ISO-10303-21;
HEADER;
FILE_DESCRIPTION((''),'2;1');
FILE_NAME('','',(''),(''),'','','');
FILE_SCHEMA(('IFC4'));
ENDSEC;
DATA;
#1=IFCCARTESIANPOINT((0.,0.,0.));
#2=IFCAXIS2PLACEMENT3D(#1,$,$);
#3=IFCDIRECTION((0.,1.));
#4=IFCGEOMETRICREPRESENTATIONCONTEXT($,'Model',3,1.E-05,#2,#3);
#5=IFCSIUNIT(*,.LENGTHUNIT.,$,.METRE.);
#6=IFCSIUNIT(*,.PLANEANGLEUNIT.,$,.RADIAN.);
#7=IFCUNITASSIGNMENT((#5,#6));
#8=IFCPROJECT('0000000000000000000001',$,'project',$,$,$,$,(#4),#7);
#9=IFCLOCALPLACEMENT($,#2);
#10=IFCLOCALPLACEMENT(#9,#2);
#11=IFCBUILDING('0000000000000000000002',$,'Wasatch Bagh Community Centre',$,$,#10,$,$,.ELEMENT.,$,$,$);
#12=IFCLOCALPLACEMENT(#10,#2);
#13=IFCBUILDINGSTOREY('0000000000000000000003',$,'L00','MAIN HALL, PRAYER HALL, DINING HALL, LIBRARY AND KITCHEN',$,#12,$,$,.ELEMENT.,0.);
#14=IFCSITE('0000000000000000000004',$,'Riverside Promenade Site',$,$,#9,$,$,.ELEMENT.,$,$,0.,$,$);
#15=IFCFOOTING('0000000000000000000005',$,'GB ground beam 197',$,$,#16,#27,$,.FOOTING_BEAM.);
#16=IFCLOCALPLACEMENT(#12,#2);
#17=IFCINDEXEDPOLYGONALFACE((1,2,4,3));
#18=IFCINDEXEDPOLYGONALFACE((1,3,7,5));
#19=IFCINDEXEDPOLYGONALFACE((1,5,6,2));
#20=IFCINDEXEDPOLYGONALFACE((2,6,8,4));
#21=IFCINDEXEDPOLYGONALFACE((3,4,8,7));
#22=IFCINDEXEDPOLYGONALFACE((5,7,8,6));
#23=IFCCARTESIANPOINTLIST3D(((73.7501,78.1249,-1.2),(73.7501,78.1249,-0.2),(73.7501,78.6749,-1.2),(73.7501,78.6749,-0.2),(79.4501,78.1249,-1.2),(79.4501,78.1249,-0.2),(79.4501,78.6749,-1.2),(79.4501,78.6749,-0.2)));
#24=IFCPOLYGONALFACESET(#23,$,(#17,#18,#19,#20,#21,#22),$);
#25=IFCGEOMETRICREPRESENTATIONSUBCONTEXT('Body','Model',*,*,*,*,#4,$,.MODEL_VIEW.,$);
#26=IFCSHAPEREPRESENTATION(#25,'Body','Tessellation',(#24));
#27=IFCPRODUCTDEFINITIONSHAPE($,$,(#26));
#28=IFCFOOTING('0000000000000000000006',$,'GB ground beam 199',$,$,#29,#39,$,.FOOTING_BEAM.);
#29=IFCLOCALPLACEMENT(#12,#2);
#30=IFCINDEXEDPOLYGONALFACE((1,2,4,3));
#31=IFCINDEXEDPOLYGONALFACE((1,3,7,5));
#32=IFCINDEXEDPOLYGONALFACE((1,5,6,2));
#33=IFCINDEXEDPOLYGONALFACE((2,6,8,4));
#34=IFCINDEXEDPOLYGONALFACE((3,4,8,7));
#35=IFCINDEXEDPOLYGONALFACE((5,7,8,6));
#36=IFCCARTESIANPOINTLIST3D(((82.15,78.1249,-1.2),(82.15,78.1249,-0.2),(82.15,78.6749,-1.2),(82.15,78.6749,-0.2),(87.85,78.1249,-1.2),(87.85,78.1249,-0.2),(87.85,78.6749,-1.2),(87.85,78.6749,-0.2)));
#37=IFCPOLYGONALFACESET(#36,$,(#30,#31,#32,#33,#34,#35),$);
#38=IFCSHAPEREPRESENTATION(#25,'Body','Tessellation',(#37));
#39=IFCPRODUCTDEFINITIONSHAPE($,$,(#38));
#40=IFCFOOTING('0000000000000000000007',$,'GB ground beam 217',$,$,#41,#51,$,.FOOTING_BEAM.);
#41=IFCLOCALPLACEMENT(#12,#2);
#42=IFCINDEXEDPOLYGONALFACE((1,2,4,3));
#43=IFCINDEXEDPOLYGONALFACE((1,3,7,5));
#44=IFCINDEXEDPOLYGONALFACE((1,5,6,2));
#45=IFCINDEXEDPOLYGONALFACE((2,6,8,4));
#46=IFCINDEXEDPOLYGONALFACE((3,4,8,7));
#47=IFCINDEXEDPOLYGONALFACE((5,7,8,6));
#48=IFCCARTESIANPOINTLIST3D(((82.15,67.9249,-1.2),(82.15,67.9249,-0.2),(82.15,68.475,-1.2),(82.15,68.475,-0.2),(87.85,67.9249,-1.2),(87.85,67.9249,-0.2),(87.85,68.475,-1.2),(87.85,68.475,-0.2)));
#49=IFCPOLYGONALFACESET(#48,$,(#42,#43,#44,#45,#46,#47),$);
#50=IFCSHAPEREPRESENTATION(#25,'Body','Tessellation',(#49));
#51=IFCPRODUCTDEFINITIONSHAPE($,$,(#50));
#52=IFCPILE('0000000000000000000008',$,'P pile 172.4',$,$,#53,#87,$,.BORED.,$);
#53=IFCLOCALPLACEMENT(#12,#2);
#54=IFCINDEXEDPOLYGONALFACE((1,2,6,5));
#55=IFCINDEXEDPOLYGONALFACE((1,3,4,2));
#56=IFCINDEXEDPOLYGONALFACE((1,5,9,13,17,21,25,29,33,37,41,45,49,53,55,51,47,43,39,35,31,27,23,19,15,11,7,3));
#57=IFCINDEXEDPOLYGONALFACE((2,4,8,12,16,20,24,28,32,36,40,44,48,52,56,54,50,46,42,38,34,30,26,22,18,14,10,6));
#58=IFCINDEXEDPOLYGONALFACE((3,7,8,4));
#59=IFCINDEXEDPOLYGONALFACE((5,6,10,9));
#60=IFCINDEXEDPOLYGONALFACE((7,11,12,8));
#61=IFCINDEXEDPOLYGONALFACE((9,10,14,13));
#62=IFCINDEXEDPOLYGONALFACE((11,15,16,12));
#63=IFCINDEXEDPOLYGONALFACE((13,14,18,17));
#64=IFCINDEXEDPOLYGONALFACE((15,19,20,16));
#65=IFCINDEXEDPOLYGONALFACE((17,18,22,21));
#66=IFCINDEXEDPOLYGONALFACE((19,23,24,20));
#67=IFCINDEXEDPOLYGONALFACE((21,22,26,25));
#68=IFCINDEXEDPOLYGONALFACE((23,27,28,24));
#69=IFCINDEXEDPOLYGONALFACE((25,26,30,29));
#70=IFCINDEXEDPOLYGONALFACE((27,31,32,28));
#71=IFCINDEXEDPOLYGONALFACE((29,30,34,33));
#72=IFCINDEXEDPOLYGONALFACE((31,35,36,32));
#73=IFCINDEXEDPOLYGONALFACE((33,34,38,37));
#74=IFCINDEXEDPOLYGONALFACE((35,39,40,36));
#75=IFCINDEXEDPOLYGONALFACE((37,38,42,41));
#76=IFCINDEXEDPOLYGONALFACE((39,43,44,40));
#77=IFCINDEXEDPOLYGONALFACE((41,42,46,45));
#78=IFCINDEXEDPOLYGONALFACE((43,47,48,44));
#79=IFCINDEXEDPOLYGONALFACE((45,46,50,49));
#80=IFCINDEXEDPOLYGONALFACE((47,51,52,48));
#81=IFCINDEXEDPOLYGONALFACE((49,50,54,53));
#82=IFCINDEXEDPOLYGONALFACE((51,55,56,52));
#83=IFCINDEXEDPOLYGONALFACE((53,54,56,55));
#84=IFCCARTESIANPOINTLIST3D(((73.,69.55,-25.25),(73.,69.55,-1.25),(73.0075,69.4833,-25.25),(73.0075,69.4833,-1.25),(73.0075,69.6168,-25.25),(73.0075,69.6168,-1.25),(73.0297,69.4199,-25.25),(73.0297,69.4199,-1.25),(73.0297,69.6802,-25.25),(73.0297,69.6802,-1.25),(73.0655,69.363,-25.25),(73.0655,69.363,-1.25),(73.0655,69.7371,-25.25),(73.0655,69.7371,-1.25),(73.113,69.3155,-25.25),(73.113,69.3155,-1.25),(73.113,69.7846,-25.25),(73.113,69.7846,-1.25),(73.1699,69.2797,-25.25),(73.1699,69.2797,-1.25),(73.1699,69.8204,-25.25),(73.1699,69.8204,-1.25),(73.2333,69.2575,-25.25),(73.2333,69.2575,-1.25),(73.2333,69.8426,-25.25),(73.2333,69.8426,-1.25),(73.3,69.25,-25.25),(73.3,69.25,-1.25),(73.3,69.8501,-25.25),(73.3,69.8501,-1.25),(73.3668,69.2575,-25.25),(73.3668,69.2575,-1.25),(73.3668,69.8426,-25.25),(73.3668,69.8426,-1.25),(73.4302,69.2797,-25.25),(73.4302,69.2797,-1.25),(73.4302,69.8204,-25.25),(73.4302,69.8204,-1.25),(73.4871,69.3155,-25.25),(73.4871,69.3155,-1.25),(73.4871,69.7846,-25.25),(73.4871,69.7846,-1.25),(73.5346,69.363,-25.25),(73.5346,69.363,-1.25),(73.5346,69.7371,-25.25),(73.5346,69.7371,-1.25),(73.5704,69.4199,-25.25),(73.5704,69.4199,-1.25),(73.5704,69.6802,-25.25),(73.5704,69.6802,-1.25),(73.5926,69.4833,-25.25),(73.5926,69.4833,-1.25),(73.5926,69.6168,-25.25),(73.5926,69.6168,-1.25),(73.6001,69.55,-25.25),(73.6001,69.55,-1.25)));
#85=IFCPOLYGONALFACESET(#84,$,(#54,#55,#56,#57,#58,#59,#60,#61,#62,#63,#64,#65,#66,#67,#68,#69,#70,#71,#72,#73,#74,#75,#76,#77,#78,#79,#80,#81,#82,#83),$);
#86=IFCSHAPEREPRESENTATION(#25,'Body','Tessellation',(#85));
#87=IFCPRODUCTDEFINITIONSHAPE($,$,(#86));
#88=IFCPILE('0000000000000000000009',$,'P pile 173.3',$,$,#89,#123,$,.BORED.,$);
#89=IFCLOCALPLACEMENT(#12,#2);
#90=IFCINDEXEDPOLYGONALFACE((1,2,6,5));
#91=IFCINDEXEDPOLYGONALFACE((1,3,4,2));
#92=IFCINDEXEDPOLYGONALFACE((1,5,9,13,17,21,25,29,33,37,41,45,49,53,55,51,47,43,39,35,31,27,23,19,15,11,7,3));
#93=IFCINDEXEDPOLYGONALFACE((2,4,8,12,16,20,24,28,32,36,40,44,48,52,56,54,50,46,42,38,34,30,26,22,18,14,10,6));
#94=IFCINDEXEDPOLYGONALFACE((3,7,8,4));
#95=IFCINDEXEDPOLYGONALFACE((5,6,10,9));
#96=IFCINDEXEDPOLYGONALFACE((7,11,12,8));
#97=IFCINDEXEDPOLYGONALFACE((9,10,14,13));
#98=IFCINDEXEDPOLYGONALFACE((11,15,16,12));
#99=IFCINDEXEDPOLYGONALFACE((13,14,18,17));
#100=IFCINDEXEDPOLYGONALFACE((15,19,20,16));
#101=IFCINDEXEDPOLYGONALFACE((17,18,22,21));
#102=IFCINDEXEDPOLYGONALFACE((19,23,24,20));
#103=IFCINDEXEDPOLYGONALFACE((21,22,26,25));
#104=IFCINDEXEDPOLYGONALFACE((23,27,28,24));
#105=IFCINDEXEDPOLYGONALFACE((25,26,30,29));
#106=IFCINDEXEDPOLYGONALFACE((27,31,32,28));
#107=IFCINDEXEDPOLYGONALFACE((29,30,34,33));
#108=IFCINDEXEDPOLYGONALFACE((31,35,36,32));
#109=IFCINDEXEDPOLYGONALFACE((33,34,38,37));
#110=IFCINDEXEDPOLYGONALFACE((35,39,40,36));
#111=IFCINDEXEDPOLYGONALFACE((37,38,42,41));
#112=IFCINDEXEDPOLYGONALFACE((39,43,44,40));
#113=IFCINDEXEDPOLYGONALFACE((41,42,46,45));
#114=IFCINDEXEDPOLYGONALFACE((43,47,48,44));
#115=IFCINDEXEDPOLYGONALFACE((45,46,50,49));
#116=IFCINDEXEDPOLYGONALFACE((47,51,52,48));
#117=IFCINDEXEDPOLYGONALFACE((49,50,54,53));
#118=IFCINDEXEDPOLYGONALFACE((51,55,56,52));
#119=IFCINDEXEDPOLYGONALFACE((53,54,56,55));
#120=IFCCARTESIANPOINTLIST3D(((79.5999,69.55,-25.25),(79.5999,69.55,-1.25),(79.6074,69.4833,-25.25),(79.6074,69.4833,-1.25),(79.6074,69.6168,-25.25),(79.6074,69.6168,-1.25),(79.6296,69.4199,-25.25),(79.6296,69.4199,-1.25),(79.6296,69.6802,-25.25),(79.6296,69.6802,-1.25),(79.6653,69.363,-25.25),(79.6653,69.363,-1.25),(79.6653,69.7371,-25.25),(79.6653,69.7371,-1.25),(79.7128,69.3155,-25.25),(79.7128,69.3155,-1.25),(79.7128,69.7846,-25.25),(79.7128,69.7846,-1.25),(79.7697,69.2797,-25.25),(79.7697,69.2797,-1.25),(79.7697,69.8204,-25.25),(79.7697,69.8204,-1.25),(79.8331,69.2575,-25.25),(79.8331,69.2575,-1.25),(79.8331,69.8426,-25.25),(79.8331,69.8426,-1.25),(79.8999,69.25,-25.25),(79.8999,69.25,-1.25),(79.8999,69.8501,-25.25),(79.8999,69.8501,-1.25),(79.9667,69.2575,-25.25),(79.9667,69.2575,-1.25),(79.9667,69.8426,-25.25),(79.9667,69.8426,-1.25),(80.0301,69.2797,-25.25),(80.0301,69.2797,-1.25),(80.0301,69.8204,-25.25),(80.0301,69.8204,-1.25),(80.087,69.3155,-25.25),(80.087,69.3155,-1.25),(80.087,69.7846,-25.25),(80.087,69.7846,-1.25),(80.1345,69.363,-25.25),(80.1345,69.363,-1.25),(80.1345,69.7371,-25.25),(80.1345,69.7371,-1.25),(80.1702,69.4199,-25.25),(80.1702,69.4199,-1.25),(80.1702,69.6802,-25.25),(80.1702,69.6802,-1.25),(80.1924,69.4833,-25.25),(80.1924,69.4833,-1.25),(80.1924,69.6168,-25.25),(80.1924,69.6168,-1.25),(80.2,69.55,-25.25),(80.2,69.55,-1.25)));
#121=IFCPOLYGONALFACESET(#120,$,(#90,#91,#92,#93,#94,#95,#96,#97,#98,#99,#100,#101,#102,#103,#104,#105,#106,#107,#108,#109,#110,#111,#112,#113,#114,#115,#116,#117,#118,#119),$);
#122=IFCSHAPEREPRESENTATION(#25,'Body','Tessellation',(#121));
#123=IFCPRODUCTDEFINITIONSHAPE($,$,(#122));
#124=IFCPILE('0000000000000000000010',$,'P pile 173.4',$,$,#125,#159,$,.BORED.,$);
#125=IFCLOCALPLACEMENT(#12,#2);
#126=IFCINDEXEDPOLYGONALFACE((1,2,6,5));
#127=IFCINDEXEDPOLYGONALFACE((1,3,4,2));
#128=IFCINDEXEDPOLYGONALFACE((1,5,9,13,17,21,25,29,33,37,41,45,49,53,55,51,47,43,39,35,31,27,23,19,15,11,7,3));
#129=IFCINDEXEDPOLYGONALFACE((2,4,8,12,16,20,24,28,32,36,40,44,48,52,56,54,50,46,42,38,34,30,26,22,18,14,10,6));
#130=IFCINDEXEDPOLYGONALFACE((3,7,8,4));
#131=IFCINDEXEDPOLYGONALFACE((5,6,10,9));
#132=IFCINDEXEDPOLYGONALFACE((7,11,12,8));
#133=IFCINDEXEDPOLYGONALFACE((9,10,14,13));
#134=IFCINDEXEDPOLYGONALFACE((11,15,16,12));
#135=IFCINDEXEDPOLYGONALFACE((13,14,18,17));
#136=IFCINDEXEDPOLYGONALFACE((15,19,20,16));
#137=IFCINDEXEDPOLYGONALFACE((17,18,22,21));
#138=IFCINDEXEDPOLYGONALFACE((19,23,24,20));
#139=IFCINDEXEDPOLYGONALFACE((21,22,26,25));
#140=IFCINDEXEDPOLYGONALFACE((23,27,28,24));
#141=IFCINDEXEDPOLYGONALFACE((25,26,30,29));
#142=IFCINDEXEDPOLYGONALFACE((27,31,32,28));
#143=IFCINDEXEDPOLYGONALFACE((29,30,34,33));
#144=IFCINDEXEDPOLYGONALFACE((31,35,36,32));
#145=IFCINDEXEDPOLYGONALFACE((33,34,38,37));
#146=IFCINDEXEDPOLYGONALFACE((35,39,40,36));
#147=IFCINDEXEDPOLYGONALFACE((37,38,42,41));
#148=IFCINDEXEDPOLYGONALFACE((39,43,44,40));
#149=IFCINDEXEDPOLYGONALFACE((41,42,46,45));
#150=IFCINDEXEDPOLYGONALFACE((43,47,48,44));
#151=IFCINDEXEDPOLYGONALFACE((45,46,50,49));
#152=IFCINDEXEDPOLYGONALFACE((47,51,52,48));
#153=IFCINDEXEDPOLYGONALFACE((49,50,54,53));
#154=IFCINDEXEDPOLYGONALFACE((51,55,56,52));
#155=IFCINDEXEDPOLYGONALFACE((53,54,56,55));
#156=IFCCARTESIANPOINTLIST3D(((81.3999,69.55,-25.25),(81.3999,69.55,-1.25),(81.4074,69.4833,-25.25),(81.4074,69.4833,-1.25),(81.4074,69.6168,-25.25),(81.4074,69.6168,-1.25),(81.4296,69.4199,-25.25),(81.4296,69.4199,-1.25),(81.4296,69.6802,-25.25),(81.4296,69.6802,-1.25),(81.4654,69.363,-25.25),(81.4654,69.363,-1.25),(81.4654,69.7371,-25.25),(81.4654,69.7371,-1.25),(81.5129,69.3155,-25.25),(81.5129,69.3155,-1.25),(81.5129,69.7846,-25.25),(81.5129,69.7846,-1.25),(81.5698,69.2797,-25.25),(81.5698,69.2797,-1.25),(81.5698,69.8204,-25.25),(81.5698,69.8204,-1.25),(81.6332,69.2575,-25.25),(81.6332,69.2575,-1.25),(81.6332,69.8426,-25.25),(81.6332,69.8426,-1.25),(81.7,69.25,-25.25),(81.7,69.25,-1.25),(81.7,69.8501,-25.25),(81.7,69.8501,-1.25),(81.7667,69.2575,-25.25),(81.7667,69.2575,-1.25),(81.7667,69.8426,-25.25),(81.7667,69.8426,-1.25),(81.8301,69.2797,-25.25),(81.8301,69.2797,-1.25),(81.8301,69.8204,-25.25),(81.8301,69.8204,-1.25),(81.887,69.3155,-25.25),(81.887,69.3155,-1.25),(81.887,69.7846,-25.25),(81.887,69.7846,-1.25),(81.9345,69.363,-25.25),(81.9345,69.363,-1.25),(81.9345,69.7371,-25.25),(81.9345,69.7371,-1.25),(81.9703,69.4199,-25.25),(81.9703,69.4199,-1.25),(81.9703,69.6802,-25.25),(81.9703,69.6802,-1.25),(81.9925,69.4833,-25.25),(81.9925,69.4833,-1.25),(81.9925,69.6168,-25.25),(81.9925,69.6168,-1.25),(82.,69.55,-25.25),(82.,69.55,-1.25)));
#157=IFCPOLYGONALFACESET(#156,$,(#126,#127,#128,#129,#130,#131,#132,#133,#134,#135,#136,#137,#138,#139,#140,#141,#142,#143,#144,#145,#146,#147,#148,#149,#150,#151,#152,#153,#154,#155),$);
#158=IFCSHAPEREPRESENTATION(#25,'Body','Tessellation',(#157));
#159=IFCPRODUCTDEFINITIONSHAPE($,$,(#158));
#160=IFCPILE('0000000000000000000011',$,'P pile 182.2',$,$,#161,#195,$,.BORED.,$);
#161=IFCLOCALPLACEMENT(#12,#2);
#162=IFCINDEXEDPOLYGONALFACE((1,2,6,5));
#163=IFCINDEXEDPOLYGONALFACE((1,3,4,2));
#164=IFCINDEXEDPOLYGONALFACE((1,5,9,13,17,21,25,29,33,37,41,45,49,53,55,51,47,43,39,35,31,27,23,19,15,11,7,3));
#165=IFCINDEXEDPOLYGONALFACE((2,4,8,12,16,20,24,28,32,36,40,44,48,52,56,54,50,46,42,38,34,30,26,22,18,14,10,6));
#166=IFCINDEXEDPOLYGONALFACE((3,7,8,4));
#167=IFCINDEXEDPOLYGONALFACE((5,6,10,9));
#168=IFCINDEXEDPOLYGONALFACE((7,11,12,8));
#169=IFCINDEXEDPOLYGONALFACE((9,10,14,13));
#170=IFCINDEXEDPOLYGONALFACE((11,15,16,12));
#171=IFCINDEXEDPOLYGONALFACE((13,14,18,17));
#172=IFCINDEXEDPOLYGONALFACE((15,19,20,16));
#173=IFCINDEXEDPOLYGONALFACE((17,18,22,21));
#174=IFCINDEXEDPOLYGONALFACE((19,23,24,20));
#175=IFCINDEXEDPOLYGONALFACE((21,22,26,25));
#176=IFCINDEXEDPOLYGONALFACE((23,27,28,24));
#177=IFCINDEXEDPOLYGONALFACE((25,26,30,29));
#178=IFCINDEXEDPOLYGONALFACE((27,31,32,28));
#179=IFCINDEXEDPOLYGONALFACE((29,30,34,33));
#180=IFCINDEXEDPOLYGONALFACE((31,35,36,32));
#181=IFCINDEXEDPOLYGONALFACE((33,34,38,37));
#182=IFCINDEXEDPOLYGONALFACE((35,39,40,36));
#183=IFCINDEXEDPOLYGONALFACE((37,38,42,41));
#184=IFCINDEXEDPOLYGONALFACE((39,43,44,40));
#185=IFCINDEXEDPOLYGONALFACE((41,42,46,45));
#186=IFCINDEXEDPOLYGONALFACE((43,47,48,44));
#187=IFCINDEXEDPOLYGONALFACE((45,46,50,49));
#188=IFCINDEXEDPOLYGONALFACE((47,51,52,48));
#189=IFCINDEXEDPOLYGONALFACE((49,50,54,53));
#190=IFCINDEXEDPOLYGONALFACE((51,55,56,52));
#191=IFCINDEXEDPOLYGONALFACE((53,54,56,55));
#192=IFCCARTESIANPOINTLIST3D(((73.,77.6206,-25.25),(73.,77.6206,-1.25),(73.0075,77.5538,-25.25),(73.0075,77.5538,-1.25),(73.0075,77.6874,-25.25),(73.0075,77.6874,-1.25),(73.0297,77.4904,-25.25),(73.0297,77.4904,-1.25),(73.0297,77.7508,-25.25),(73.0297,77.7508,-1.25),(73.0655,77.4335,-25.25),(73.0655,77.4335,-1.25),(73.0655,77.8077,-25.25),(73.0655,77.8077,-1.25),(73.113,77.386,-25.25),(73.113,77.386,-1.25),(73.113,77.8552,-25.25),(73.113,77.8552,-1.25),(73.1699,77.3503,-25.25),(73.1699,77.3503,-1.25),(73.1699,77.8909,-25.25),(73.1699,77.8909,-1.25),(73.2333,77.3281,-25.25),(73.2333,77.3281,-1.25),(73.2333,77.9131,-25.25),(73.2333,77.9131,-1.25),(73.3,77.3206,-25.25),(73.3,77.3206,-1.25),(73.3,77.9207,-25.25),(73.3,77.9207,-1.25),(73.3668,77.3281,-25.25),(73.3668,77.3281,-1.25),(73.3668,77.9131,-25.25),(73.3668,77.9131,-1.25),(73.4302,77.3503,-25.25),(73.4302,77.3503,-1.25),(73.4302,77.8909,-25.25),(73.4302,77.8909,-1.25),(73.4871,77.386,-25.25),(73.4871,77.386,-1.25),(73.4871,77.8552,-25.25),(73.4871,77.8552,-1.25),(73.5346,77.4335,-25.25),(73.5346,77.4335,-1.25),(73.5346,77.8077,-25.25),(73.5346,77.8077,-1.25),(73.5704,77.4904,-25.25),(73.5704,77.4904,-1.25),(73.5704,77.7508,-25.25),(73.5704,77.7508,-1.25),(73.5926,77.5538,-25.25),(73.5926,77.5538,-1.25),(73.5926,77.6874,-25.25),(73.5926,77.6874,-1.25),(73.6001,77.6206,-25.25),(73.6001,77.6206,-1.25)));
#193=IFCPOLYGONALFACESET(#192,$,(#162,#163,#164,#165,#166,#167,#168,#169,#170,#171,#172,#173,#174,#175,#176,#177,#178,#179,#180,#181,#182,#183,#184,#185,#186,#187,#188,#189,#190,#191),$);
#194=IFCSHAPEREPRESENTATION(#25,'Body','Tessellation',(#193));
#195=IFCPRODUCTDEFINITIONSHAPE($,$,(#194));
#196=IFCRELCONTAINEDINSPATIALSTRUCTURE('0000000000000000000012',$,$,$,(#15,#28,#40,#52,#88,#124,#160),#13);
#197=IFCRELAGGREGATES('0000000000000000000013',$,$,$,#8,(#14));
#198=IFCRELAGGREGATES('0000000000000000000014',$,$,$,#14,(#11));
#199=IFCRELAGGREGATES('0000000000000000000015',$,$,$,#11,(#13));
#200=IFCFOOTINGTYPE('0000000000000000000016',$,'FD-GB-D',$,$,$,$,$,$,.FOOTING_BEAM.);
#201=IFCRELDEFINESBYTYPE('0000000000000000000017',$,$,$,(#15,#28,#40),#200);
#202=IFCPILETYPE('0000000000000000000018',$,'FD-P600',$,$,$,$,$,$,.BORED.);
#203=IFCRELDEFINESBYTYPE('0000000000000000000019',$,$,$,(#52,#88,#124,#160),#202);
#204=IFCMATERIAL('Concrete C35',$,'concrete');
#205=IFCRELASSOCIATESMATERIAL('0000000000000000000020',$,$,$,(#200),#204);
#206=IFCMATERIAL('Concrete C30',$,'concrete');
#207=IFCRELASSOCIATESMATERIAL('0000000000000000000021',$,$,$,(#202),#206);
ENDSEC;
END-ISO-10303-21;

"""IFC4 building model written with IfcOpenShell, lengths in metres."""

from ifc_helpers import new_model, si_unit, direction, frame, origin, origin_2d, place, context, subcontext, project, spatial, rectangle, circle, extrude, material, material_profile, profile_set, type_object, element, save


model = new_model("IFC4")

# Units and contexts
model_context = context("Model", 3, precision=1e-05, world=origin(), true_north=direction((0.0, 1.0)))
body_context = subcontext(model_context, "Body", "Model", "MODEL_VIEW")
ifc_project = project(units=[si_unit("LENGTHUNIT", "METRE"), si_unit("PLANEANGLEUNIT", "RADIAN")], contexts=[model_context])

# Site, building, storey
site_placement = place(None, origin())
site = spatial("IfcSite", under=ifc_project, at=site_placement, Name="Riverside Promenade Site", CompositionType="ELEMENT", RefElevation=0.0)
building_placement = place(site_placement, origin())
building = spatial("IfcBuilding", under=site, at=building_placement, Name="Wasatch Bagh Community Centre", CompositionType="ELEMENT")
storey_placement = place(building_placement, origin())
storey = spatial("IfcBuildingStorey", under=building, at=storey_placement, Name="L00", Description="MAIN HALL, PRAYER HALL, DINING HALL, LIBRARY AND KITCHEN", CompositionType="ELEMENT", Elevation=0.0)

# Footings
ifc_material_1 = material(Name="Concrete C35", Category="concrete")
footing_type_1 = type_object("IfcFootingType", Name="FD-GB-D", PredefinedType="FOOTING_BEAM", material=ifc_material_1)
for number, where, z_axis, x_axis, name in (
    (1, (76.6001, 78.3999, -1.2), (0.0, 0.0, 1.0), (1.0, 0.0, 0.0), "GB ground beam 197"),
    (2, (85.0, 78.3999, -1.2), (0.0, 0.0, 1.0), (1.0, 0.0, 0.0), "GB ground beam 199"),
    (3, (85.0, 68.2, -1.2), (0.0, 0.0, 1.0), (1.0, 0.0, 0.0), "GB ground beam 217"),
):
    element("IfcFooting", number, at=place(storey_placement, frame(where, z_axis=z_axis, x_axis=x_axis)), inside=storey, type_object=footing_type_1, Name=name, PredefinedType="FOOTING_BEAM", context=body_context, shape_type="SweptSolid", body=[
        extrude(rectangle(XDim=5.7, YDim=0.55, at=origin_2d()), origin(), (0.0, 0.0, 1.0), 1.0),
    ])

# Piles
ifc_material_2 = material(Name="Concrete C30", Category="concrete")
ifc_material_profile_1 = material_profile(ifc_material_2, circle(Radius=0.3, at=origin_2d()), Name="RC D600")
ifc_profile_set_1 = profile_set([ifc_material_profile_1], Name="Concrete C30")
pile_type = type_object("IfcPileType", Name="FD-P600", PredefinedType="BORED", material=ifc_profile_set_1)
for number, where, z_axis, x_axis, name in (
    (4, (73.3, 69.55, -1.25), (0.0, 0.0, -1.0), (1.0, 0.0, 0.0), "P pile 172.4"),
    (5, (79.8999, 69.55, -1.25), (0.0, 0.0, -1.0), (1.0, 0.0, 0.0), "P pile 173.3"),
    (6, (81.7, 69.55, -1.25), (0.0, 0.0, -1.0), (1.0, 0.0, 0.0), "P pile 173.4"),
    (7, (73.3, 77.6206, -1.25), (0.0, 0.0, -1.0), (1.0, 0.0, 0.0), "P pile 182.2"),
):
    element("IfcPile", number, at=place(storey_placement, frame(where, z_axis=z_axis, x_axis=x_axis)), inside=storey, type_object=pile_type, Name=name, PredefinedType="BORED", context=body_context, shape_type="SweptSolid", body=[
        extrude(circle(Radius=0.3, at=origin_2d()), origin(), (0.0, 0.0, 1.0), 24.0),
    ])

save(model, "model.ifc")
